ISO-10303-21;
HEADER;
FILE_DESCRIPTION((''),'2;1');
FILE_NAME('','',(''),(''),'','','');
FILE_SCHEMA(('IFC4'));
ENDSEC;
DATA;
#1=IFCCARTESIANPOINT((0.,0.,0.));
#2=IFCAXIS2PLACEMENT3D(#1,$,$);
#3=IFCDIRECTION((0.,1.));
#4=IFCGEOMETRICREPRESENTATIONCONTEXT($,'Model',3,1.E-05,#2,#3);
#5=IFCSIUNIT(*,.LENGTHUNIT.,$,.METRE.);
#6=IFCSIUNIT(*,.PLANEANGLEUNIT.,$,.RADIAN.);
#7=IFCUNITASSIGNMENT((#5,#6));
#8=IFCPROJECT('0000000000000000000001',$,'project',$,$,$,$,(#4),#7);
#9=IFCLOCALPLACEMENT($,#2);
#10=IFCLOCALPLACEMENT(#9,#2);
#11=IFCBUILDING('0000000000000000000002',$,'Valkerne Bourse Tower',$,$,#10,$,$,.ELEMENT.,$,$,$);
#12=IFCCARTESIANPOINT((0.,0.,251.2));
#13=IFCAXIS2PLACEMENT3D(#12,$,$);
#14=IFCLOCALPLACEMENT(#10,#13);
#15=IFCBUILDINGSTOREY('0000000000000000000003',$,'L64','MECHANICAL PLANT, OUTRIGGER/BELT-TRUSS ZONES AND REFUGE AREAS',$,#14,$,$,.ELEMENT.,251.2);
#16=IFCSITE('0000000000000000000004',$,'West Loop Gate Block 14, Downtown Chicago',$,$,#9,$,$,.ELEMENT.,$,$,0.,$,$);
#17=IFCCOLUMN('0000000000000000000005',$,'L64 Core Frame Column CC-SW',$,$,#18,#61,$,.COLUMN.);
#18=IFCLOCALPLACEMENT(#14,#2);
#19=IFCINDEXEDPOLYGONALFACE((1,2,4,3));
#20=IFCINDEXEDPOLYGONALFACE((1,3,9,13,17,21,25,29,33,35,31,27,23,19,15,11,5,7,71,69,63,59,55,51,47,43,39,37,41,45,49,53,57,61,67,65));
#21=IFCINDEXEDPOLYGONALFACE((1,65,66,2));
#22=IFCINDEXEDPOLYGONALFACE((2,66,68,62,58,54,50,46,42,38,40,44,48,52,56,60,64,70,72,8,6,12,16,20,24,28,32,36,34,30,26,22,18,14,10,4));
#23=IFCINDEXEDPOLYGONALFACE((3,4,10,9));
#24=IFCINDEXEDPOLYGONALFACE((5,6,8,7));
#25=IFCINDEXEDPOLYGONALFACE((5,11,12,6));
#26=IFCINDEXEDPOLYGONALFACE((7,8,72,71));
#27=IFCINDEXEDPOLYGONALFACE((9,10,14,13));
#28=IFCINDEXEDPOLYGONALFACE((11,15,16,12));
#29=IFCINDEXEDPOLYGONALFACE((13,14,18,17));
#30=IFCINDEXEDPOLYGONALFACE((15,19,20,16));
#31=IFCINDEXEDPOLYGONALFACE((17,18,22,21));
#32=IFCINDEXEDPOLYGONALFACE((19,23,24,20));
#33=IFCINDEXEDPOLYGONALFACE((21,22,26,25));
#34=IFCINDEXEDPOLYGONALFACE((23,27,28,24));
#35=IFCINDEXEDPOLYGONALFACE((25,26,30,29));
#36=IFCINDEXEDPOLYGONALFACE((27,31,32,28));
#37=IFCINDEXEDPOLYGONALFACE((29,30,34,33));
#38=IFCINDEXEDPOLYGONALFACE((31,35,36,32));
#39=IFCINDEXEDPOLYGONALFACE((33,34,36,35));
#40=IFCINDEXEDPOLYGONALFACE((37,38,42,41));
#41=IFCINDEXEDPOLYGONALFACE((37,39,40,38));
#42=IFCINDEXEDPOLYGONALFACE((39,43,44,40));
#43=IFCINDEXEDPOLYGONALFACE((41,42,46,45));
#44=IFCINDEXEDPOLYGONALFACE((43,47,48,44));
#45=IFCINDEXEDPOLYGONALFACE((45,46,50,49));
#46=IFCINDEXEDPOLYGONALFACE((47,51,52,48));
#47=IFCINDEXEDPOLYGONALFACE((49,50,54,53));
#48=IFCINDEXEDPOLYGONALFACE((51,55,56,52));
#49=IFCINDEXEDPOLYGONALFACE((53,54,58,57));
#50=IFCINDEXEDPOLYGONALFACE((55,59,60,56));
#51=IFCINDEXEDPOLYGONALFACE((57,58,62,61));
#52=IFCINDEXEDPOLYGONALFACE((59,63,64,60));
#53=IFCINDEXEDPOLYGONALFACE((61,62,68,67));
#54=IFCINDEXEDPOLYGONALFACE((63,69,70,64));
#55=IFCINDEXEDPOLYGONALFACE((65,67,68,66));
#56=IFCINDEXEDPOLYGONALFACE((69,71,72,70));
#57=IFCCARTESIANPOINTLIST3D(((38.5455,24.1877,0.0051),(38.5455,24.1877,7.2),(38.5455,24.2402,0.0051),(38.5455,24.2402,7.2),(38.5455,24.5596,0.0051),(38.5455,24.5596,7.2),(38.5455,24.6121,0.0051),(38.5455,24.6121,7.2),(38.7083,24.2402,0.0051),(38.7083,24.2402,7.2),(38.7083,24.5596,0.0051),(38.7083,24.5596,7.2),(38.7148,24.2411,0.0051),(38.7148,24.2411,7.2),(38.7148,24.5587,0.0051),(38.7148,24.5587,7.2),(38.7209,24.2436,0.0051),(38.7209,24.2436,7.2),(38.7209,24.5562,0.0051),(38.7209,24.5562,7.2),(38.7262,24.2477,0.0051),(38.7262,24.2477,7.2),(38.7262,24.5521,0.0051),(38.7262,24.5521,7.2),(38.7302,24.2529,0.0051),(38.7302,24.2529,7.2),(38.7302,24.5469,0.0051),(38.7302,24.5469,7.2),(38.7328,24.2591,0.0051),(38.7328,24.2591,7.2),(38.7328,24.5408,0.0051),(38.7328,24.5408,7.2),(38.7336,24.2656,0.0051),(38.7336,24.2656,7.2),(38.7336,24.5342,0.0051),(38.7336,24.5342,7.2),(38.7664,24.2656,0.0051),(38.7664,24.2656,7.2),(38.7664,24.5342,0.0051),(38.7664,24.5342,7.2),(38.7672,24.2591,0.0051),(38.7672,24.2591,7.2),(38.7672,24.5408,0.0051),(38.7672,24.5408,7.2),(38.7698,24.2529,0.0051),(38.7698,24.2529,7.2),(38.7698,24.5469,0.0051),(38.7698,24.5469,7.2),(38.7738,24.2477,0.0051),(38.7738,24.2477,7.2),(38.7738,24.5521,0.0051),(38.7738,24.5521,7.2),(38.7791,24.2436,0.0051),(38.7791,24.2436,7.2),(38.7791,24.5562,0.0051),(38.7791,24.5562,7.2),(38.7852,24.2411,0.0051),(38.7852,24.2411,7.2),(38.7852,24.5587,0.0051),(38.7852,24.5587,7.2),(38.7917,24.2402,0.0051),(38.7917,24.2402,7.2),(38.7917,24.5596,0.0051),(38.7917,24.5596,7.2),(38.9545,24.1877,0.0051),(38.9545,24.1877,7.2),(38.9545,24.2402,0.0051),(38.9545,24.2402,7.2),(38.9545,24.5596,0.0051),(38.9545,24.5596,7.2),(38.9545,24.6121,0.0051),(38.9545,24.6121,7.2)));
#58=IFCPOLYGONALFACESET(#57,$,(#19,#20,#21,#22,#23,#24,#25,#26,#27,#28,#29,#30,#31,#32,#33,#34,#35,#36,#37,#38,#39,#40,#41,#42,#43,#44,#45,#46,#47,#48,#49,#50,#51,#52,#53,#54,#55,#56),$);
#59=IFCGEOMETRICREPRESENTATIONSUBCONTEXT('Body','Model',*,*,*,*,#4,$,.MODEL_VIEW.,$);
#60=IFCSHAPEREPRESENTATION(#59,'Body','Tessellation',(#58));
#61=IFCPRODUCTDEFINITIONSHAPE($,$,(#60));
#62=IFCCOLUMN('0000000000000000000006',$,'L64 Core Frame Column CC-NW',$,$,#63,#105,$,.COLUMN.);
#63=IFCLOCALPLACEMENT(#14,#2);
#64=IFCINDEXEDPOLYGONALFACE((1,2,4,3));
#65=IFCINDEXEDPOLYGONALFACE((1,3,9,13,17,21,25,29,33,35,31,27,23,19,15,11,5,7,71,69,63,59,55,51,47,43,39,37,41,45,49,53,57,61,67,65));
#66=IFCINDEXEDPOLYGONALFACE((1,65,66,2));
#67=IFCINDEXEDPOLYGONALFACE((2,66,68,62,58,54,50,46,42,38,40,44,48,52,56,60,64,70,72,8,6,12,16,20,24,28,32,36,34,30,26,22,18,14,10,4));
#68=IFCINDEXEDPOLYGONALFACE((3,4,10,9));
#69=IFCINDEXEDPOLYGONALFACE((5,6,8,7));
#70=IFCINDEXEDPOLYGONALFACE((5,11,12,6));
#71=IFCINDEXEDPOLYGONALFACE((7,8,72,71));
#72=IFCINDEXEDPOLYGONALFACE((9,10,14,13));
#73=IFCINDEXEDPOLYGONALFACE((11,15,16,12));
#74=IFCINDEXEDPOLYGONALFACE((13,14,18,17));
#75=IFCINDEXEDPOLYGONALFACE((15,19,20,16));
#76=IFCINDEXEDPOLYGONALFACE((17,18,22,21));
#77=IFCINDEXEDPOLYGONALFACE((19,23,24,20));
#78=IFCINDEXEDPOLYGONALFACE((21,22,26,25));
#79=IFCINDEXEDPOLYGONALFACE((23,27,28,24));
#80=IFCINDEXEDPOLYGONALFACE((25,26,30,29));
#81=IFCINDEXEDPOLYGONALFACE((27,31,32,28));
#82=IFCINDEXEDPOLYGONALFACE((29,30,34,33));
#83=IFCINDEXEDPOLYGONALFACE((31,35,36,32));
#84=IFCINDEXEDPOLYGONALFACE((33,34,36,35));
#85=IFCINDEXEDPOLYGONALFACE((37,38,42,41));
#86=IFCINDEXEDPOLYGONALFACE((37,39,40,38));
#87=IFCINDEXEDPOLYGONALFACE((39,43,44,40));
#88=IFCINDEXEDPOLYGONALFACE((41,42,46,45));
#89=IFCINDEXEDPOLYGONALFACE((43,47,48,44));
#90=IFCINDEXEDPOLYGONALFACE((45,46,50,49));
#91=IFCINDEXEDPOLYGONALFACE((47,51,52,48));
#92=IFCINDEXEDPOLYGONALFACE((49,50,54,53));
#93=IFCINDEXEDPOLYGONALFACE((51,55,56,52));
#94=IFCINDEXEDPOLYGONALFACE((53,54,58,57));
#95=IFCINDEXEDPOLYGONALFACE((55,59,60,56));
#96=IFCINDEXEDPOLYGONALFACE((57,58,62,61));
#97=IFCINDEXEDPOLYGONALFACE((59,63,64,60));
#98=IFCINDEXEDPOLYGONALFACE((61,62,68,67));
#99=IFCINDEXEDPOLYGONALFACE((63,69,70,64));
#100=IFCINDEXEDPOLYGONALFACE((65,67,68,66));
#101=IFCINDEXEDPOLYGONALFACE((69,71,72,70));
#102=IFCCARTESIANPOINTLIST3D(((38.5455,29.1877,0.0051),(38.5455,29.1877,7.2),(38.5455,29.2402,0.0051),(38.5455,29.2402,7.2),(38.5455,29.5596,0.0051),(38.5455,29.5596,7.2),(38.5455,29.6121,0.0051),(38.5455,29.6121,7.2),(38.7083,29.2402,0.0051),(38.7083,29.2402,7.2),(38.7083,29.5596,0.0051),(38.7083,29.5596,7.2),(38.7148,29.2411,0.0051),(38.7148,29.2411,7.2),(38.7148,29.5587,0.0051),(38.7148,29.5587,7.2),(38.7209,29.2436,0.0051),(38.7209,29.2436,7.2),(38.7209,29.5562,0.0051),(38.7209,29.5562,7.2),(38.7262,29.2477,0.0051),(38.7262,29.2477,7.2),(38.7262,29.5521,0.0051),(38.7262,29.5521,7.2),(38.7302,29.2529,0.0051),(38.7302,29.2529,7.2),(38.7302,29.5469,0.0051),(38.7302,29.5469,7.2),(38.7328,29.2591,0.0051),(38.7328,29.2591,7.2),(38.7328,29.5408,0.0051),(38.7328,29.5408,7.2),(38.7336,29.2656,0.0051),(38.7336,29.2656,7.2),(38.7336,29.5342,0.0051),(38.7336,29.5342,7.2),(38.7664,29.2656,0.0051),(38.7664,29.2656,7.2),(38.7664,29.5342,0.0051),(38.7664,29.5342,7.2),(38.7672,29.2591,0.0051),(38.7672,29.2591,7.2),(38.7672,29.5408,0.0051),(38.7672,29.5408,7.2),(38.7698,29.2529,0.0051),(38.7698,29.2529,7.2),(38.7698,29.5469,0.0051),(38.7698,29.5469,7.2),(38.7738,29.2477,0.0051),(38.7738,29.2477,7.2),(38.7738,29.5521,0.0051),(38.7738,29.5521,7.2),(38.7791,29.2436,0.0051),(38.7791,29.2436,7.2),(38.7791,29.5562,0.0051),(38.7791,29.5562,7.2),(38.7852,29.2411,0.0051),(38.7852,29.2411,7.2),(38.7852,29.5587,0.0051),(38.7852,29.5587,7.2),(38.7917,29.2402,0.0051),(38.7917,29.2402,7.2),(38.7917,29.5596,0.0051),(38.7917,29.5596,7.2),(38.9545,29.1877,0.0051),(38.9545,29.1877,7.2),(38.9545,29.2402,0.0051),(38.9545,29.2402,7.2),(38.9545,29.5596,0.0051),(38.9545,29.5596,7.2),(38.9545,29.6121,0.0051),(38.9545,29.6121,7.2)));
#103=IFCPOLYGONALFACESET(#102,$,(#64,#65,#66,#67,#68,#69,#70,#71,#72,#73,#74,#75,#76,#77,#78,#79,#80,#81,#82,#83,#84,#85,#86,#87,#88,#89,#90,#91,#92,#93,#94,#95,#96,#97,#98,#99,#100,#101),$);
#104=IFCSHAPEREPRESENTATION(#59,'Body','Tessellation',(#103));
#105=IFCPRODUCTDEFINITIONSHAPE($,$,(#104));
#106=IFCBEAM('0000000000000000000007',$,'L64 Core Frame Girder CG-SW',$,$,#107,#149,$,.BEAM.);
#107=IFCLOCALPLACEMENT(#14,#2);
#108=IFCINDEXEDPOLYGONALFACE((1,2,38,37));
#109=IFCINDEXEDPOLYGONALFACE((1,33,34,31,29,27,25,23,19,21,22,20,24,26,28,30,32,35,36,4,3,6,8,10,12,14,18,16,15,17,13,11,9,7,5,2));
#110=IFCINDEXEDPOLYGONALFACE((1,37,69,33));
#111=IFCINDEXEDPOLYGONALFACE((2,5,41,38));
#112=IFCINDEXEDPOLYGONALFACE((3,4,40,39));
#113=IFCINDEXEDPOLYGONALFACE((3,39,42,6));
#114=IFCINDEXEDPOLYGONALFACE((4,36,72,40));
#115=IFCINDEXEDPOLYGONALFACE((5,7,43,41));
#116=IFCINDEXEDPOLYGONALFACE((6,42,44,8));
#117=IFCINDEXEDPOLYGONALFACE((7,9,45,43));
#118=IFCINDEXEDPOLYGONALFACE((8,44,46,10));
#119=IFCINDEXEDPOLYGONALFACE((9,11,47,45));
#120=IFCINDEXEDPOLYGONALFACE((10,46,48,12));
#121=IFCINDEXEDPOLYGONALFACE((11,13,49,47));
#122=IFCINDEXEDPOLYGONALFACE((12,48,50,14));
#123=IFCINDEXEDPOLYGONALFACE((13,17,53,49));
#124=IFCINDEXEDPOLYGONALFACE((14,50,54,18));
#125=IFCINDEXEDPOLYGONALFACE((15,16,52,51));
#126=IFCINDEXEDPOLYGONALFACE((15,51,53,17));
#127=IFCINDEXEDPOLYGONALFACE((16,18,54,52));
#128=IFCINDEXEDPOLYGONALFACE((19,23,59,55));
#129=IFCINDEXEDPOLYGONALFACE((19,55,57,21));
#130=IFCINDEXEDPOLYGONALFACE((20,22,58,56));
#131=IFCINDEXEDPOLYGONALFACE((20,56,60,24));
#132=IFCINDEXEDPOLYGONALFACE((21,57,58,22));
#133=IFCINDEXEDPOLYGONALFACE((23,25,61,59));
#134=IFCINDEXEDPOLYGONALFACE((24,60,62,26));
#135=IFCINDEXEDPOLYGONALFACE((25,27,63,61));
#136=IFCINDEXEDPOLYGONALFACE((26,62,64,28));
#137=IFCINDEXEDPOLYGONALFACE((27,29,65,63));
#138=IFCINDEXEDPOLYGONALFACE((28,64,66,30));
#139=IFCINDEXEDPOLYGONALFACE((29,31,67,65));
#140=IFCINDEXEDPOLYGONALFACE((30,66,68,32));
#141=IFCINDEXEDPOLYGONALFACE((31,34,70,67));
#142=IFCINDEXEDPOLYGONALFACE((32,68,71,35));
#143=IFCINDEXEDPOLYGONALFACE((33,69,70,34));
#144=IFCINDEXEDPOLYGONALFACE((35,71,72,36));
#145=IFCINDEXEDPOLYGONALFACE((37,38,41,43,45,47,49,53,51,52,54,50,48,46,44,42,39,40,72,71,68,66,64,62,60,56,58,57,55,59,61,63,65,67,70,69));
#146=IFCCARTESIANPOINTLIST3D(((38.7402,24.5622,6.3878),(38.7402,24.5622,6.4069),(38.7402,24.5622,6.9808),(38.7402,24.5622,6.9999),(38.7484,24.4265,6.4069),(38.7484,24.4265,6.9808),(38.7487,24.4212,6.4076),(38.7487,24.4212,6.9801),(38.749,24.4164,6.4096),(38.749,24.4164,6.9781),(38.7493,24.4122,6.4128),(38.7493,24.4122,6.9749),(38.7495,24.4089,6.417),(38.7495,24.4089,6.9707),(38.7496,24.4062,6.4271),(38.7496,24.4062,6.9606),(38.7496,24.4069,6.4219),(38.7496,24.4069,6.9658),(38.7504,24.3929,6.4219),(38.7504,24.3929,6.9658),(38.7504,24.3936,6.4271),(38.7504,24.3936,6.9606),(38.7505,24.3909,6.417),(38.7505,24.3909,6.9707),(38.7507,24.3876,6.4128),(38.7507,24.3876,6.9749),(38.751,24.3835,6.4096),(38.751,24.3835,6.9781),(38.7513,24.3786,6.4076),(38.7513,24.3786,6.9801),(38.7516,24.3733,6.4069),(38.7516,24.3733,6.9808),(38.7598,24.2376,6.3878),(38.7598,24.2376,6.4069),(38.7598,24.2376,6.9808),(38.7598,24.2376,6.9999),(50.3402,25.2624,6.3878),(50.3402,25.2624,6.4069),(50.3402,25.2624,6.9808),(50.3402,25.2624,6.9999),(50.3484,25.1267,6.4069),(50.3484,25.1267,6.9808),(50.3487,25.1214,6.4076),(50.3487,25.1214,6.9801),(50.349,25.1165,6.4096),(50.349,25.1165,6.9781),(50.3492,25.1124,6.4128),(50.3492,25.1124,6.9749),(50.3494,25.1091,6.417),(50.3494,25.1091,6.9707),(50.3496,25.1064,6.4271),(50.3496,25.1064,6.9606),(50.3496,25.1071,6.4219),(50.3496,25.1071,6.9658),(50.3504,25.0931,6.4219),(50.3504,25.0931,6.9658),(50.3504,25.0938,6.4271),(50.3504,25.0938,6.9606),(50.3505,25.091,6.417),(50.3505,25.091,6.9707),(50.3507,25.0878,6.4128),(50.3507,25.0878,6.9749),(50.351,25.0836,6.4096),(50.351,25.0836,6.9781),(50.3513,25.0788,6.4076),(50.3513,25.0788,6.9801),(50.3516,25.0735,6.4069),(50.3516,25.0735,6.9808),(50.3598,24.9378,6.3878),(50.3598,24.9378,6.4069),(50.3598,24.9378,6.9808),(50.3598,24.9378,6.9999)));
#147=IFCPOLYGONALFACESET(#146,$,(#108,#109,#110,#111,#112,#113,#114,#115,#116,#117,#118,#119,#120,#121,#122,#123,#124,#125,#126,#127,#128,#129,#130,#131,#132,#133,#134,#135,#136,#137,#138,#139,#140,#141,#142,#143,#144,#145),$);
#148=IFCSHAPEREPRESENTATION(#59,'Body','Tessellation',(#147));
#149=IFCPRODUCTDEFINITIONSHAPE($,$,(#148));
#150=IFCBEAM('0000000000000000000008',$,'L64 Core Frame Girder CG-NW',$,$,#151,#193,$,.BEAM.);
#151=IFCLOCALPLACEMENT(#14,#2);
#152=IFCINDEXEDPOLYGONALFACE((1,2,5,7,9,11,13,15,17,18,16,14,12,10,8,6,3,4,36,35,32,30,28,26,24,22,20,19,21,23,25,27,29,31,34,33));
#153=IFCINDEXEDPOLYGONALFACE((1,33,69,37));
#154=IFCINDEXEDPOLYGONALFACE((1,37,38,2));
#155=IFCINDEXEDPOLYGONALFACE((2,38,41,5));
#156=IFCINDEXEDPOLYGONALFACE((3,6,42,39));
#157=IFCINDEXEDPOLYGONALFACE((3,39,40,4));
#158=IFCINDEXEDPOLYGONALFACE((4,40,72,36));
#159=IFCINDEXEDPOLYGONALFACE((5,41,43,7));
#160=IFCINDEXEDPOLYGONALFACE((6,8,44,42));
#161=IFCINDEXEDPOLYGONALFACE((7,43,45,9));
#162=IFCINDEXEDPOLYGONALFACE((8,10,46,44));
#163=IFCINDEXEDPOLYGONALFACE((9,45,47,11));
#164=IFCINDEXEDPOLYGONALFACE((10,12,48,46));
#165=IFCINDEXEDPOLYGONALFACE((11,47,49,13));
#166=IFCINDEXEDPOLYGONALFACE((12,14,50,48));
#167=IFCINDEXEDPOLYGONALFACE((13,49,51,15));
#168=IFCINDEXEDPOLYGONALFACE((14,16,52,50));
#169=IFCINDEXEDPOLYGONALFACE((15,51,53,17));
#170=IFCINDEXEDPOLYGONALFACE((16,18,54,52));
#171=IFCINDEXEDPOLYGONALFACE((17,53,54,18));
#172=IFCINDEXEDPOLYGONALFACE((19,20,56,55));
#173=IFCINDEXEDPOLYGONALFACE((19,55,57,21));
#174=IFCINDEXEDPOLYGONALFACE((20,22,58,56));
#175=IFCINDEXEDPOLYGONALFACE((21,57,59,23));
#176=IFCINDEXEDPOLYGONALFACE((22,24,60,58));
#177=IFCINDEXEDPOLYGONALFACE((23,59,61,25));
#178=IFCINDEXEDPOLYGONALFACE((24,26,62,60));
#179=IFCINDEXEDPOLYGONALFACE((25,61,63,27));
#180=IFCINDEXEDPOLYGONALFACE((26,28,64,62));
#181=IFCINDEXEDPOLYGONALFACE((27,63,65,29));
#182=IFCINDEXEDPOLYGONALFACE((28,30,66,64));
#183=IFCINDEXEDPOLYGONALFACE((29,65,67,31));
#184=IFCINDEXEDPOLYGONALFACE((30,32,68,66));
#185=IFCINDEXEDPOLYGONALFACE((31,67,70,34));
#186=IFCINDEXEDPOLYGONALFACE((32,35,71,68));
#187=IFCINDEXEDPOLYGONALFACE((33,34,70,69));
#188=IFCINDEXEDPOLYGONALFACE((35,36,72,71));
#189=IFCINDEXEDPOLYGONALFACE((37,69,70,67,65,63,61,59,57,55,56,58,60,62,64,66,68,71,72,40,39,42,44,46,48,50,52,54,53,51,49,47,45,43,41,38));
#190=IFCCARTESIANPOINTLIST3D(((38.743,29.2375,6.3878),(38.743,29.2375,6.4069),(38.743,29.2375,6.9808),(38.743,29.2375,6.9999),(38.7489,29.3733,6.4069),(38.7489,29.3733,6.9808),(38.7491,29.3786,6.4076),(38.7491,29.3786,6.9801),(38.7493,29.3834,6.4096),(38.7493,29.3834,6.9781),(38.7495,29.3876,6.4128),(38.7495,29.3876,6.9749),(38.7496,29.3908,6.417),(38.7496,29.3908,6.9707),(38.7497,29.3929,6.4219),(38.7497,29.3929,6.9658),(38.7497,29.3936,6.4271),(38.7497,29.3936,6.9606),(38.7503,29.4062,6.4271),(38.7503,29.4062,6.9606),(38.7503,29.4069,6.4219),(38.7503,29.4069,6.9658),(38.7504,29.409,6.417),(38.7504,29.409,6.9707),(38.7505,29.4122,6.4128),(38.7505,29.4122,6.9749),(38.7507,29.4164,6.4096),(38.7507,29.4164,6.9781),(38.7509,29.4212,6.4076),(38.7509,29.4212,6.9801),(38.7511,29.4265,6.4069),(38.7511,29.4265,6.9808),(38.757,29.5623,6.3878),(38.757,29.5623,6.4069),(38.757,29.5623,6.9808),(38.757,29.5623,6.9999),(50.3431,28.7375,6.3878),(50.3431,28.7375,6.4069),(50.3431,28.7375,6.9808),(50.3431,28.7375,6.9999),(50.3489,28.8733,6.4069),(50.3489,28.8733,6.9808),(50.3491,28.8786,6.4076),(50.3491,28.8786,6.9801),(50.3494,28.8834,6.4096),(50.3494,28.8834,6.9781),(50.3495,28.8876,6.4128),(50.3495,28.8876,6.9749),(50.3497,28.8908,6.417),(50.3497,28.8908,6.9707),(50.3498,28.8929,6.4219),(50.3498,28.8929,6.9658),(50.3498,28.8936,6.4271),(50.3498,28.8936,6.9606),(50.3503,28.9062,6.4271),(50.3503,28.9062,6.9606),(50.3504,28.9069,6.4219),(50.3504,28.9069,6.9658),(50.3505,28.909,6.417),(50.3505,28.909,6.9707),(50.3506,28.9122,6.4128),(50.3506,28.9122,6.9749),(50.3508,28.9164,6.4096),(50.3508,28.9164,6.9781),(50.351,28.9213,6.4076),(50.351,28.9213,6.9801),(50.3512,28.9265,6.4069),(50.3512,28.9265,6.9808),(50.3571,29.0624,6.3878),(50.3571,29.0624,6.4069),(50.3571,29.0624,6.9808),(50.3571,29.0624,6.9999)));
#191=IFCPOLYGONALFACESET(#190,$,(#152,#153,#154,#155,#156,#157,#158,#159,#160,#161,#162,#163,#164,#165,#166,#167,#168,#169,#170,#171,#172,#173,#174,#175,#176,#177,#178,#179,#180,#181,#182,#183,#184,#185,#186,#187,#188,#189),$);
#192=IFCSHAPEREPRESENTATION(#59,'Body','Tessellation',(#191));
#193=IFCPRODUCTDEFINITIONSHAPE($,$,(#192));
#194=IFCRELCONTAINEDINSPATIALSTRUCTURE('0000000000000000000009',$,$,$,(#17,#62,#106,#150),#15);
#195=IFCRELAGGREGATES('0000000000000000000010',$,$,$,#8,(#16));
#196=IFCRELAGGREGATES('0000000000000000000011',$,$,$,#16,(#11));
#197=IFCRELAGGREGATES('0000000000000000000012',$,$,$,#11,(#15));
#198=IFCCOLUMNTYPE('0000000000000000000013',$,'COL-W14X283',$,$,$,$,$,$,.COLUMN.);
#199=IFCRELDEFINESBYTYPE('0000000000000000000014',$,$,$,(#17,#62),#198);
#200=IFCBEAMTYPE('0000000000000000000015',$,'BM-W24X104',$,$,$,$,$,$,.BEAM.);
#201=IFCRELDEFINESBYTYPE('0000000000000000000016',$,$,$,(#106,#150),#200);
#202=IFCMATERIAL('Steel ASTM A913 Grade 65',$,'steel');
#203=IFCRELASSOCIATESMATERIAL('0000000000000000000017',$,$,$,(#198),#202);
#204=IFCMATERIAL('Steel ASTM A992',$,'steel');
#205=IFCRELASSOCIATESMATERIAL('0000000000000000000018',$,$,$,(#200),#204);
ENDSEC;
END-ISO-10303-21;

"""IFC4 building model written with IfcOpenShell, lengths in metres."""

from ifc_helpers import new_model, si_unit, direction, frame, origin, origin_2d, place, context, subcontext, project, spatial, i_section, extrude, material, material_profile, profile_set, type_object, element, save


model = new_model("IFC4")

# Units and contexts
model_context = context("Model", 3, precision=1e-05, world=origin(), true_north=direction((0.0, 1.0)))
body_context = subcontext(model_context, "Body", "Model", "MODEL_VIEW")
ifc_project = project(units=[si_unit("LENGTHUNIT", "METRE"), si_unit("PLANEANGLEUNIT", "RADIAN")], contexts=[model_context])

# Site, building, storey
site_placement = place(None, origin())
site = spatial("IfcSite", under=ifc_project, at=site_placement, Name="West Loop Gate Block 14, Downtown Chicago", CompositionType="ELEMENT", RefElevation=0.0)
building_placement = place(site_placement, origin())
building = spatial("IfcBuilding", under=site, at=building_placement, Name="Valkerne Bourse Tower", CompositionType="ELEMENT")
storey_placement = place(building_placement, frame((0.0, 0.0, 251.2)))
storey = spatial("IfcBuildingStorey", under=building, at=storey_placement, Name="L64", Description="MECHANICAL PLANT, OUTRIGGER/BELT-TRUSS ZONES AND REFUGE AREAS", CompositionType="ELEMENT", Elevation=251.2)

# Columns
ifc_material_1 = material(Name="Steel ASTM A913 Grade 65", Category="steel")
ifc_material_profile_1 = material_profile(ifc_material_1, i_section(OverallWidth=0.4089, OverallDepth=0.4243, WebThickness=0.0327, FlangeThickness=0.0525, FilletRadius=0.0254, at=origin_2d()), Name="W14X283")
ifc_profile_set_1 = profile_set([ifc_material_profile_1], Name="Steel ASTM A913 Grade 65")
column_type = type_object("IfcColumnType", Name="COL-W14X283", PredefinedType="COLUMN", material=ifc_profile_set_1)
for number, where, z_axis, x_axis, name in (
    (1, (38.75, 24.3999, 0.0051), (0.0, 0.0, 1.0), (1.0, 0.0, 0.0), "L64 Core Frame Column CC-SW"),
    (2, (38.75, 29.3999, 0.0051), (0.0, 0.0, 1.0), (1.0, 0.0, 0.0), "L64 Core Frame Column CC-NW"),
):
    element("IfcColumn", number, at=place(storey_placement, frame(where, z_axis=z_axis, x_axis=x_axis)), inside=storey, type_object=column_type, Name=name, PredefinedType="COLUMN", context=body_context, shape_type="SweptSolid", body=[
        extrude(i_section(OverallWidth=0.4089, OverallDepth=0.4243, WebThickness=0.0327, FlangeThickness=0.0525, FilletRadius=0.0254, at=origin_2d()), origin(), (0.0, 0.0, 1.0), 7.1948),
    ])

# Beams
ifc_material_2 = material(Name="Steel ASTM A992", Category="steel")
ifc_material_profile_2 = material_profile(ifc_material_2, i_section(OverallWidth=0.3252, OverallDepth=0.6121, WebThickness=0.0127, FlangeThickness=0.019, FilletRadius=0.0203, at=origin_2d()), Name="W24X104")
ifc_profile_set_2 = profile_set([ifc_material_profile_2], Name="Steel ASTM A992")
beam_type = type_object("IfcBeamType", Name="BM-W24X104", PredefinedType="BEAM", material=ifc_profile_set_2)
beam_1_placement = place(storey_placement, frame((38.75, 24.3999, 6.6938), z_axis=(0.998183, 0.060251, 0.0), x_axis=(-0.060251, 0.998183, 0.0)))
element("IfcBeam", 3, at=beam_1_placement, inside=storey, type_object=beam_type, Name="L64 Core Frame Girder CG-SW", PredefinedType="BEAM", context=body_context, shape_type="SweptSolid", body=[
    extrude(i_section(OverallWidth=0.3252, OverallDepth=0.6121, WebThickness=0.0127, FlangeThickness=0.019, FilletRadius=0.0203, at=origin_2d()), origin(), (0.0, 0.0, 1.0), 11.6211),
])
beam_2_placement = place(storey_placement, frame((38.75, 29.3999, 6.6938), z_axis=(0.999072, -0.043063, 0.0), x_axis=(0.043063, 0.999072, 0.0)))
element("IfcBeam", 4, at=beam_2_placement, inside=storey, type_object=beam_type, Name="L64 Core Frame Girder CG-NW", PredefinedType="BEAM", context=body_context, shape_type="SweptSolid", body=[
    extrude(i_section(OverallWidth=0.3252, OverallDepth=0.6121, WebThickness=0.0127, FlangeThickness=0.019, FilletRadius=0.0203, at=origin_2d()), origin(), (0.0, 0.0, 1.0), 11.6108),
])

save(model, "model.ifc")
